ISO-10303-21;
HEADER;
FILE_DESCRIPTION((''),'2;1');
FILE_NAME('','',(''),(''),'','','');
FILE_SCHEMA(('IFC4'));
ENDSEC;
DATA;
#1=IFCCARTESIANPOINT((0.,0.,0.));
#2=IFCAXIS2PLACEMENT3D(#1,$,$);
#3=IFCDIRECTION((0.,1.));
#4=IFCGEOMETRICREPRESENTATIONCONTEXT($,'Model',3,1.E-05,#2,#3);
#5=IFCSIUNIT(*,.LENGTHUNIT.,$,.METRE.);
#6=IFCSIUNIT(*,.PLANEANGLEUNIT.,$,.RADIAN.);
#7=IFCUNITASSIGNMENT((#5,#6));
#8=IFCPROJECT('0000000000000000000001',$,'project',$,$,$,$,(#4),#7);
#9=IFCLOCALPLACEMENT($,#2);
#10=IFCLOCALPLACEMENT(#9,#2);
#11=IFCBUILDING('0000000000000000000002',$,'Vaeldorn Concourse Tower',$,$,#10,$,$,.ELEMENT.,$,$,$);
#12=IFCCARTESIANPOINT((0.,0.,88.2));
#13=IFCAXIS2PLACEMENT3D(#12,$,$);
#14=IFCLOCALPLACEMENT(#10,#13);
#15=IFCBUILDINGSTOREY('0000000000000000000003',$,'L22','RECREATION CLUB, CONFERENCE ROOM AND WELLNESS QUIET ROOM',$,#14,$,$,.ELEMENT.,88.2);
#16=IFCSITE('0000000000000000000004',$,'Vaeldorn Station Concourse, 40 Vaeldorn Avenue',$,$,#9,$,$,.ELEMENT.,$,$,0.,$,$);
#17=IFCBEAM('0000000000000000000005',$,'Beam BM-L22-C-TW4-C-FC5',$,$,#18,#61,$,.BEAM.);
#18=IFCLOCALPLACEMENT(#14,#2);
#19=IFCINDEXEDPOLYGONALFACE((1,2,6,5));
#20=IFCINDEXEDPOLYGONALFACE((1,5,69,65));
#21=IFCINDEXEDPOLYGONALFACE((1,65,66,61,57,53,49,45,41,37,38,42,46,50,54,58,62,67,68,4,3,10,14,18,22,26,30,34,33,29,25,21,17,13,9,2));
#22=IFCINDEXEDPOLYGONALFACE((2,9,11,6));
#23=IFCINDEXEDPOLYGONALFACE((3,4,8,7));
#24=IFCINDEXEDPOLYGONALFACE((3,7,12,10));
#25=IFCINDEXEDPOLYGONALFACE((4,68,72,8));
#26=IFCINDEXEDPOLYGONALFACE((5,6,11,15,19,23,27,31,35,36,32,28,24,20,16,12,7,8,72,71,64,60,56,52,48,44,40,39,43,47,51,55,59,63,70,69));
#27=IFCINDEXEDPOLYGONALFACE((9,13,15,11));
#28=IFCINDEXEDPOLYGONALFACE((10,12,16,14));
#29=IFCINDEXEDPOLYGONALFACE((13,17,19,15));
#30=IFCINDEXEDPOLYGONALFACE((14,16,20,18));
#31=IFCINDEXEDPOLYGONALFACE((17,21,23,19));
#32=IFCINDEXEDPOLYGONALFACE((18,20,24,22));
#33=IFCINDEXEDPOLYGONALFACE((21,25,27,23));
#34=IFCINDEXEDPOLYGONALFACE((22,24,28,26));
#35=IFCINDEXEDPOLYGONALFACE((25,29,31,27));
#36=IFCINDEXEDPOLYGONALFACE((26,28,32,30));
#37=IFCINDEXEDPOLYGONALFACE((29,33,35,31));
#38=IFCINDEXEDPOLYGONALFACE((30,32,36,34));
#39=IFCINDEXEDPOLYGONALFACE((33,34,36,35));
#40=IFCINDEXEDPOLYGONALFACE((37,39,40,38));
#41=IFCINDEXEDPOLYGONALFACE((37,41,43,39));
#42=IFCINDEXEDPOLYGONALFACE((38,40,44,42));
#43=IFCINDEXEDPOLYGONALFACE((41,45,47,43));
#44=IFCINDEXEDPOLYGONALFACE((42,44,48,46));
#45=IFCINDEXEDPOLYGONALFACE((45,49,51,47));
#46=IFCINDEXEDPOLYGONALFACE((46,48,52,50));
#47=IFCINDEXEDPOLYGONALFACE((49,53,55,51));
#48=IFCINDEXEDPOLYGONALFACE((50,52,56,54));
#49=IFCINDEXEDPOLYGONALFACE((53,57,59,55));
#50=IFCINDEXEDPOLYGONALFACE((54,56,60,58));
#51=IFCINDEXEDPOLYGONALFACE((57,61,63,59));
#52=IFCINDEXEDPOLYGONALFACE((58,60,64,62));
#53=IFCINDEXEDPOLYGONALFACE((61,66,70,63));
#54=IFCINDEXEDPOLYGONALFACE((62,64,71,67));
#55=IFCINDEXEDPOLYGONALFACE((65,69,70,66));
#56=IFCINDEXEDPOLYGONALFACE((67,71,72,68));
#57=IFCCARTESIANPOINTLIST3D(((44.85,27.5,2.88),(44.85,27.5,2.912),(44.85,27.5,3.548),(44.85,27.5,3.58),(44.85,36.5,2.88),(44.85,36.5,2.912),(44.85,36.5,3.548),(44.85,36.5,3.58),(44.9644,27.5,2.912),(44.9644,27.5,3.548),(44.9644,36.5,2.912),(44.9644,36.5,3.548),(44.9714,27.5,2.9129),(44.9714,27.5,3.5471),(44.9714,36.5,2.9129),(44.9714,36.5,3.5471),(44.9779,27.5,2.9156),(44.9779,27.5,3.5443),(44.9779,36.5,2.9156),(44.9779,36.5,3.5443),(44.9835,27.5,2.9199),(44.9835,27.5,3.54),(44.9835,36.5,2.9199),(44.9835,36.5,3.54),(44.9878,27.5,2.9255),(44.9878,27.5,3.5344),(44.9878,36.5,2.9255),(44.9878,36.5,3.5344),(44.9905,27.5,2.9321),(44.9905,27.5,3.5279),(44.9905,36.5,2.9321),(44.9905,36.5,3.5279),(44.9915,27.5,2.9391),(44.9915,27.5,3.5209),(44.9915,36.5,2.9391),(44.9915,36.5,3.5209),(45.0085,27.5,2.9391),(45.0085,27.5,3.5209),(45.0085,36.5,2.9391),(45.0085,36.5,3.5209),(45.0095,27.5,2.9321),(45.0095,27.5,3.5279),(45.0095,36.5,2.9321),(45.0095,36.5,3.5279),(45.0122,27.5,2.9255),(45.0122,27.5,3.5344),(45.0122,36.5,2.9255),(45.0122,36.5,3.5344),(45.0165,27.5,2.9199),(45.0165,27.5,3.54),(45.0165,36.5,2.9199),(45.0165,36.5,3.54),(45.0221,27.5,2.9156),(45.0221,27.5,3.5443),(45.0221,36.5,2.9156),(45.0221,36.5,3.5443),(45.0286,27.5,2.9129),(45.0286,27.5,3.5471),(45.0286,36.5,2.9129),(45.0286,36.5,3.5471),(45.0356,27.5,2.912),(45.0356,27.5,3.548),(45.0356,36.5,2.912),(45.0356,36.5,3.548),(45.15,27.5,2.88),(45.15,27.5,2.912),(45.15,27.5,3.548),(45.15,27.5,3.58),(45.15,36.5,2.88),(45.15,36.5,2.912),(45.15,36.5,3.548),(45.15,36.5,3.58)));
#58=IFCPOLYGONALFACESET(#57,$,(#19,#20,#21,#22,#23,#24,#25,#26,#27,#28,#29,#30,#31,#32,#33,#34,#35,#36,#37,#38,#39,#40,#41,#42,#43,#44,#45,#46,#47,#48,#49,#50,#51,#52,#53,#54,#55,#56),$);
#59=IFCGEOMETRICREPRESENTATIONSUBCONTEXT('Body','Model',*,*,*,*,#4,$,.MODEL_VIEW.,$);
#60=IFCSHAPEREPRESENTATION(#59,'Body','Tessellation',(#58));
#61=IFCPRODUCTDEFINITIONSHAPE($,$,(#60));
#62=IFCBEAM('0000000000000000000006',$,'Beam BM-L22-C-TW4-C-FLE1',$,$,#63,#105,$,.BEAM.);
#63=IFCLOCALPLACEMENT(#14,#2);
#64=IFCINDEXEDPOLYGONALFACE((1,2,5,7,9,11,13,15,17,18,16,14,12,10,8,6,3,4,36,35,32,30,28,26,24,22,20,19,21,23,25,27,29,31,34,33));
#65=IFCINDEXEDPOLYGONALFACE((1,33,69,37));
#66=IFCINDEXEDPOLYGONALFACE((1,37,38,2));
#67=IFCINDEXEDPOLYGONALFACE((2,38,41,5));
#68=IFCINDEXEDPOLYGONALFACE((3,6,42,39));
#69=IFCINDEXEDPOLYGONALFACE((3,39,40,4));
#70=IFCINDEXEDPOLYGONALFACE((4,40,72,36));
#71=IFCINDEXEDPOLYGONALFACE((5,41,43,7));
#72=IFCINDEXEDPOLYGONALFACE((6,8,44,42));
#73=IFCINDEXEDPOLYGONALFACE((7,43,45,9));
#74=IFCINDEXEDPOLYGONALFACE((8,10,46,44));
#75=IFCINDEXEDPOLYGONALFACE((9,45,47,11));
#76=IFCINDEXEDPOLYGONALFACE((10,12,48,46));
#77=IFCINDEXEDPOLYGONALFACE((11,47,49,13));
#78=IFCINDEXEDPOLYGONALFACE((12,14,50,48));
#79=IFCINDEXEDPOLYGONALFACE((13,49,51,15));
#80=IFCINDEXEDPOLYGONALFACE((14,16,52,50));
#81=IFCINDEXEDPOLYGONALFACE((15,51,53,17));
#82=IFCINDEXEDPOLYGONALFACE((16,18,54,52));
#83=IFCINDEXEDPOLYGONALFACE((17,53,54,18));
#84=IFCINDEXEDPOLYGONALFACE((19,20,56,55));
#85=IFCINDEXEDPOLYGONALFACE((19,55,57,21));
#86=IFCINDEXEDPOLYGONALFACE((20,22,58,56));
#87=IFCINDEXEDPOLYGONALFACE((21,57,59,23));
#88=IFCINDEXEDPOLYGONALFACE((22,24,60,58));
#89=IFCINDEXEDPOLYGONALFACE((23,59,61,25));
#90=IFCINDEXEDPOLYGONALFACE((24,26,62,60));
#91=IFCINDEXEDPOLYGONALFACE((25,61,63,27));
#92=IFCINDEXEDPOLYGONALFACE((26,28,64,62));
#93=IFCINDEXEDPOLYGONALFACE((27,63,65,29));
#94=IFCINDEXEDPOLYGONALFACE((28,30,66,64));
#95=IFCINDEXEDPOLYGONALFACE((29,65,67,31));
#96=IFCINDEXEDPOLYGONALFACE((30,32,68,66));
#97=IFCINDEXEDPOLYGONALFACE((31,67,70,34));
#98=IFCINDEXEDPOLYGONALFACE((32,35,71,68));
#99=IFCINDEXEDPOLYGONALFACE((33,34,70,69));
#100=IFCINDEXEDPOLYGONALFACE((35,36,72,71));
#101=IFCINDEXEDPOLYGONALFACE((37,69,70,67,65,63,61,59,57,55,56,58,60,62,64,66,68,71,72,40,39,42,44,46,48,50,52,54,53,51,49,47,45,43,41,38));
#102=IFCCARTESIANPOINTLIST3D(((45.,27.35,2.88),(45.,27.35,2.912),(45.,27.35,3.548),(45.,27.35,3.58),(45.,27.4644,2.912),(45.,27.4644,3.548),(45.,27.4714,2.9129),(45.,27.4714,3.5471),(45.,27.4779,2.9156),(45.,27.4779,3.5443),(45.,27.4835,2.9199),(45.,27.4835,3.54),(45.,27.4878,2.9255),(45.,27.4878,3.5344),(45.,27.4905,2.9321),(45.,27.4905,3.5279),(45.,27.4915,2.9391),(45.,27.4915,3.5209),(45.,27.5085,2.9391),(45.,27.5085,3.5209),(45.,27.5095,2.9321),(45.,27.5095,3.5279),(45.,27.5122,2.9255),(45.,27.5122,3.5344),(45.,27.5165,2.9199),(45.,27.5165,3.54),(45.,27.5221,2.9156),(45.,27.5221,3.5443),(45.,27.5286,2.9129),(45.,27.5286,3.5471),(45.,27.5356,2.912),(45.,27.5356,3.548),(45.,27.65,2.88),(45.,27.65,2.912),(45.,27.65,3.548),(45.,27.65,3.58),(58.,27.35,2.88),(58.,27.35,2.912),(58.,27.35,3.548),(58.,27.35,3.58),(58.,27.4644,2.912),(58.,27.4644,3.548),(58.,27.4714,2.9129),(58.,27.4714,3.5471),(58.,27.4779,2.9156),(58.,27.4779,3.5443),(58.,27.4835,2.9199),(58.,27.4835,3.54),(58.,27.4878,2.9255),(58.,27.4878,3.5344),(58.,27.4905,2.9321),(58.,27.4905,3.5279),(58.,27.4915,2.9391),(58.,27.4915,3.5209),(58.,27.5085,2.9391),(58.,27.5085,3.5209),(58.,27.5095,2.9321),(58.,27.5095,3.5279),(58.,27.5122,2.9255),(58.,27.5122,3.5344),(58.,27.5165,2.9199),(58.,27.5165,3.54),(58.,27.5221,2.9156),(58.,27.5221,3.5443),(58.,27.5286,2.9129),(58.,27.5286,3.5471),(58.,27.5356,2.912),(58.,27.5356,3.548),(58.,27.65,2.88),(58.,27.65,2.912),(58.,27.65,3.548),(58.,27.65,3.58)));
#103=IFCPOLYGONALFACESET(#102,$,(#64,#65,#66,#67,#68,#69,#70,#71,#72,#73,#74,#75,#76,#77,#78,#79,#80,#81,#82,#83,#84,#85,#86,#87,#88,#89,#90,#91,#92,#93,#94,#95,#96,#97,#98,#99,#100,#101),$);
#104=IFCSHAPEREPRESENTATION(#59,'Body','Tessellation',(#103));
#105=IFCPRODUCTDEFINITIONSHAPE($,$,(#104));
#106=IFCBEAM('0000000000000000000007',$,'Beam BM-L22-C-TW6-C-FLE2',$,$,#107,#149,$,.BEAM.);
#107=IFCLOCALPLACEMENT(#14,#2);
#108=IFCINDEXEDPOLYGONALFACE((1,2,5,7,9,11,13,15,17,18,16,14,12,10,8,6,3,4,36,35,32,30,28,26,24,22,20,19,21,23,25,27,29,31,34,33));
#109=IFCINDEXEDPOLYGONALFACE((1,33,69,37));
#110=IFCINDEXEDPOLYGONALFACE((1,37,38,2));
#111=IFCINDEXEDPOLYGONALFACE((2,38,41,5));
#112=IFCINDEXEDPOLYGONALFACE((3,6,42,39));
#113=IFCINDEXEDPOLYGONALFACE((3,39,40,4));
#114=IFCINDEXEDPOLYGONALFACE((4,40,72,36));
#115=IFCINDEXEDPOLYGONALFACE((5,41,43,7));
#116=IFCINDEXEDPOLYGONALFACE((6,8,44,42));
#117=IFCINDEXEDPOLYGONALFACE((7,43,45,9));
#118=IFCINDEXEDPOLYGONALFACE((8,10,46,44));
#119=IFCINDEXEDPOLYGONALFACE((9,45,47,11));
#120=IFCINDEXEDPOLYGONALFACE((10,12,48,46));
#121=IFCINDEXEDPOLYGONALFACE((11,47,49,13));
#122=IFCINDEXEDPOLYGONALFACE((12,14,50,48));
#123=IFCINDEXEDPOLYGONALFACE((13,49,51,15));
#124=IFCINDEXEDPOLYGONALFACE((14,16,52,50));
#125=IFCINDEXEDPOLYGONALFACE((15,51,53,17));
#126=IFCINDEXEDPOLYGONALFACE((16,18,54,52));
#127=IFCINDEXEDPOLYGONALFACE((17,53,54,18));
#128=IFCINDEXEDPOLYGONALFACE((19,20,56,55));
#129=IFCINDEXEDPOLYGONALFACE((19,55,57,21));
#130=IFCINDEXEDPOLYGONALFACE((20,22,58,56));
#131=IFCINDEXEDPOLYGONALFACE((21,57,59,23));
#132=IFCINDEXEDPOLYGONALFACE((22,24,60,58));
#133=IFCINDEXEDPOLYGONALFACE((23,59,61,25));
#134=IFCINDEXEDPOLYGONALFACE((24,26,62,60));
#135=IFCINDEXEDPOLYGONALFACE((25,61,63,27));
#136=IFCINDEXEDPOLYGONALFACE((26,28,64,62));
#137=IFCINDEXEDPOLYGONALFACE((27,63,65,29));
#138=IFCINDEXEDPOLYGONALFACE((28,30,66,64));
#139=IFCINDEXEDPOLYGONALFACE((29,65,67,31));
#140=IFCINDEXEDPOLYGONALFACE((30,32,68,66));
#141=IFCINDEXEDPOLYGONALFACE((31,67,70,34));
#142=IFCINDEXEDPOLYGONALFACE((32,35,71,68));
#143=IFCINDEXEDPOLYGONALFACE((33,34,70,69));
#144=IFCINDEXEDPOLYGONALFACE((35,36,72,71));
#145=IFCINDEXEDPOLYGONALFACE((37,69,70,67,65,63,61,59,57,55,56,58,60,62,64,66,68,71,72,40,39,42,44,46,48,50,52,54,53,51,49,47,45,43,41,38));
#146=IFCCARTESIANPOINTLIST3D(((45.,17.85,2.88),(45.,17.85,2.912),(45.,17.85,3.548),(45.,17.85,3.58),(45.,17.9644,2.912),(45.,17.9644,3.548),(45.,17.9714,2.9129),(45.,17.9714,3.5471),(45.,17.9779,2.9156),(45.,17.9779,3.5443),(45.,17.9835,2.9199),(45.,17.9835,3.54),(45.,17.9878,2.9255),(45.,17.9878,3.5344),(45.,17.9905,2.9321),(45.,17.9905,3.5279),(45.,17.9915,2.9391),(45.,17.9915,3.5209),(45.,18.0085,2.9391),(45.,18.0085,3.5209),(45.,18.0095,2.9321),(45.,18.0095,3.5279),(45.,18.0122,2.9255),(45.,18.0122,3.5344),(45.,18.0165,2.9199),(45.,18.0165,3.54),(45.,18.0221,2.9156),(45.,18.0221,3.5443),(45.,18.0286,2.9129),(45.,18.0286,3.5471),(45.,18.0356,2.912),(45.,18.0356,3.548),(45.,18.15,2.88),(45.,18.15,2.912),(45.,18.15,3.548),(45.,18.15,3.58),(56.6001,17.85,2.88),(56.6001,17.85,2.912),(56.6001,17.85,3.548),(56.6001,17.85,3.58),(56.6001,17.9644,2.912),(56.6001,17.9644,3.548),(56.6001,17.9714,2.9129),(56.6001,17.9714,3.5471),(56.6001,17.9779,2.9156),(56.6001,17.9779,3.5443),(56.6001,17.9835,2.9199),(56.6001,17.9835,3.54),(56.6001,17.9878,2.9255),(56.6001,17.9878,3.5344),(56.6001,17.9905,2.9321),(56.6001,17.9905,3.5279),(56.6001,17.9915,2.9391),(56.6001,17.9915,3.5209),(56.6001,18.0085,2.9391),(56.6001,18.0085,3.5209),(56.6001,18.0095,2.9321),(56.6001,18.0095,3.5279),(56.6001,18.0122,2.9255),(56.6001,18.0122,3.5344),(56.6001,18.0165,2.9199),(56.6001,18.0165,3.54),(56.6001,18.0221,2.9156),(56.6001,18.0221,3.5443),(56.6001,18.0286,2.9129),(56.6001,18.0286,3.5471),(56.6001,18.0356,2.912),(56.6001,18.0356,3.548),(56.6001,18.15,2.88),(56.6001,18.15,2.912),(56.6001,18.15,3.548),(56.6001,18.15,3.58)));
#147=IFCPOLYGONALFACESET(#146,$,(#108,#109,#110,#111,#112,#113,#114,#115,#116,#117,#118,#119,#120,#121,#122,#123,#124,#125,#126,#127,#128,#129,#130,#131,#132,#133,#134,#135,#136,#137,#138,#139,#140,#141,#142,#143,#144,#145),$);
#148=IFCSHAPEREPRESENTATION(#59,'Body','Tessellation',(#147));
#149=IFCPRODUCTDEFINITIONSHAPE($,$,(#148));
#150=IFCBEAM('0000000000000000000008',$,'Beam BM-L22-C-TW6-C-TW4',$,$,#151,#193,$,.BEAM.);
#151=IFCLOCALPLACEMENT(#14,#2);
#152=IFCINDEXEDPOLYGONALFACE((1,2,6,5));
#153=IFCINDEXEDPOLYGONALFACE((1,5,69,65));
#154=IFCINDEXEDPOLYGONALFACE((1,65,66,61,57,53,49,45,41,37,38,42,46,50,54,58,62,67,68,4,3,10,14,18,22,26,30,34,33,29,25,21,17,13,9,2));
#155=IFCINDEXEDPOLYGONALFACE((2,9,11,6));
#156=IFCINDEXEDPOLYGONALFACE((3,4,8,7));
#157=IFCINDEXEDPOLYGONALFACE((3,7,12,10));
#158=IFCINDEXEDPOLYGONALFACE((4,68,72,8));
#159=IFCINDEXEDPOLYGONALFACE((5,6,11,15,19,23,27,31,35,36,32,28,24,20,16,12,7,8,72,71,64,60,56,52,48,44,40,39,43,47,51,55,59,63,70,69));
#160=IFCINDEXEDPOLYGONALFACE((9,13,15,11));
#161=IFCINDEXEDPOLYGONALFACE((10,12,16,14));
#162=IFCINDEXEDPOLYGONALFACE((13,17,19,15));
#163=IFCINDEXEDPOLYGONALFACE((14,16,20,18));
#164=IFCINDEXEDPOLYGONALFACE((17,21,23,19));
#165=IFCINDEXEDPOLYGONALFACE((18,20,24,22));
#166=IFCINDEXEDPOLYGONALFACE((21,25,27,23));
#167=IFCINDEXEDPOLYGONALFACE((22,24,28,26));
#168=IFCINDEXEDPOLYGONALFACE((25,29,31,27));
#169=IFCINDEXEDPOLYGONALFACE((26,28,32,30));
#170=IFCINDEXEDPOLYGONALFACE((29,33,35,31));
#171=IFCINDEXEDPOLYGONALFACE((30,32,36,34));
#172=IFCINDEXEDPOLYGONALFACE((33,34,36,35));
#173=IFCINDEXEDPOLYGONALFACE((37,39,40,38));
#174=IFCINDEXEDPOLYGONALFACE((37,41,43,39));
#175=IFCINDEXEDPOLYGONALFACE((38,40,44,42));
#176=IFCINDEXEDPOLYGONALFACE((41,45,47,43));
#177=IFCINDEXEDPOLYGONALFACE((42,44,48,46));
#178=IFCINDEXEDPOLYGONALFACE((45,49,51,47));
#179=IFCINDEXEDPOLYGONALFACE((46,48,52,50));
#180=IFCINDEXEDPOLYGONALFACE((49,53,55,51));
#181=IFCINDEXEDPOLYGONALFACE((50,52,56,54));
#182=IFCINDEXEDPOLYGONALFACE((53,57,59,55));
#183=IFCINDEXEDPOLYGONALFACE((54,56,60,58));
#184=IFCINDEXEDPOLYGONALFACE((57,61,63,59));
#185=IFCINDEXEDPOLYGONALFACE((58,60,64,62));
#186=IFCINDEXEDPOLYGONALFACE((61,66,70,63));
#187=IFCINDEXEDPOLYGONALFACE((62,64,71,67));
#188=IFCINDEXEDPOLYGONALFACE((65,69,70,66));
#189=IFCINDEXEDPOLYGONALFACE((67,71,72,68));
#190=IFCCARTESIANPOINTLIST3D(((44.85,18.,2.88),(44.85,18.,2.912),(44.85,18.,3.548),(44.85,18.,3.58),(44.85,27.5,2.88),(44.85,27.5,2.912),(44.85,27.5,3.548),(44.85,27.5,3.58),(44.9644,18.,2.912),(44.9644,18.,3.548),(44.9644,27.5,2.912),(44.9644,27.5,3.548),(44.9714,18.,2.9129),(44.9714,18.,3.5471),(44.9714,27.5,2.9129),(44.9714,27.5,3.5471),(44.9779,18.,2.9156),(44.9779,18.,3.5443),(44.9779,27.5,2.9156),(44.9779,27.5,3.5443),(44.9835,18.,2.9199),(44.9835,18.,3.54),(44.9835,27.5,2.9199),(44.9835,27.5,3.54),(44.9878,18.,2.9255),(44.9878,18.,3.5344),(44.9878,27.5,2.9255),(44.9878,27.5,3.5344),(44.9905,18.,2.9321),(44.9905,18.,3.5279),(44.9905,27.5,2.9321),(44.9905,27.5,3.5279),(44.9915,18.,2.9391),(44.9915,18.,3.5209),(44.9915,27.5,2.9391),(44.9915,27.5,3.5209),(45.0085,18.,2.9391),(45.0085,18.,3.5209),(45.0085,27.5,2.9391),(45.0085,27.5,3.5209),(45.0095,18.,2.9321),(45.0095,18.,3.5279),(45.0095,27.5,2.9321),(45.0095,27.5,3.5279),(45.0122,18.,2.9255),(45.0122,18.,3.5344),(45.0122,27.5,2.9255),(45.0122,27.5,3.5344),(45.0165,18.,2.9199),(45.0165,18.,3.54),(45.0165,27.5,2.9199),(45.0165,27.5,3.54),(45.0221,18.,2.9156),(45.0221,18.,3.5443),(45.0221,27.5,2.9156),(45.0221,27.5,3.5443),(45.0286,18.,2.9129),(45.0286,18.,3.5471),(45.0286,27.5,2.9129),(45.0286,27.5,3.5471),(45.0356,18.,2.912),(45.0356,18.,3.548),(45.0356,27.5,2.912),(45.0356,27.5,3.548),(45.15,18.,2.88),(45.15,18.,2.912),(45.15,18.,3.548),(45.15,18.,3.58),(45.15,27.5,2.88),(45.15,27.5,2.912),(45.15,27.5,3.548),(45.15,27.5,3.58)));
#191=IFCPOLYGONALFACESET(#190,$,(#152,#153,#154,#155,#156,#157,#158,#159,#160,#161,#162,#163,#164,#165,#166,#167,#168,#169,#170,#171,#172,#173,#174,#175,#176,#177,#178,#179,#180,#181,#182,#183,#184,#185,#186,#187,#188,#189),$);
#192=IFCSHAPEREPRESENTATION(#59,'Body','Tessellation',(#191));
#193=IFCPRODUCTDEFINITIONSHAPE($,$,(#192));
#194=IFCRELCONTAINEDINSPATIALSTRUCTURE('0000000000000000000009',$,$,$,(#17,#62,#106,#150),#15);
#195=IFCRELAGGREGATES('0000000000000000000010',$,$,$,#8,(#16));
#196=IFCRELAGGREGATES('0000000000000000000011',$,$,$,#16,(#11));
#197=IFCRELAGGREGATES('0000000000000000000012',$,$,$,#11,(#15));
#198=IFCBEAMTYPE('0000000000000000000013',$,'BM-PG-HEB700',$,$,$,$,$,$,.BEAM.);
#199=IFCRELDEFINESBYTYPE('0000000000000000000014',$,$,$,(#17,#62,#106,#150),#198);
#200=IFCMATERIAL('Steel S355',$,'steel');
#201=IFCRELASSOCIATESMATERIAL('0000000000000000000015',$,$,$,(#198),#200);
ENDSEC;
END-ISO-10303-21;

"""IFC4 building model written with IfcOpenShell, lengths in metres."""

from ifc_helpers import new_model, si_unit, direction, frame, origin, origin_2d, place, context, subcontext, project, spatial, i_section, extrude, source, transform, mapped, material, material_profile, profile_set, type_object, element, save


model = new_model("IFC4")

# Units and contexts
model_context = context("Model", 3, precision=1e-05, world=origin(), true_north=direction((0.0, 1.0)))
body_context = subcontext(model_context, "Body", "Model", "MODEL_VIEW")
ifc_project = project(units=[si_unit("LENGTHUNIT", "METRE"), si_unit("PLANEANGLEUNIT", "RADIAN")], contexts=[model_context])

# Site, building, storey
site_placement = place(None, origin())
site = spatial("IfcSite", under=ifc_project, at=site_placement, Name="Vaeldorn Station Concourse, 40 Vaeldorn Avenue", CompositionType="ELEMENT", RefElevation=0.0)
building_placement = place(site_placement, origin())
building = spatial("IfcBuilding", under=site, at=building_placement, Name="Vaeldorn Concourse Tower", CompositionType="ELEMENT")
storey_placement = place(building_placement, frame((0.0, 0.0, 88.2)))
storey = spatial("IfcBuildingStorey", under=building, at=storey_placement, Name="L22", Description="RECREATION CLUB, CONFERENCE ROOM AND WELLNESS QUIET ROOM", CompositionType="ELEMENT", Elevation=88.2)

# Beams
ifc_material_1 = material(Name="Steel S355", Category="steel")
ifc_material_profile_1 = material_profile(ifc_material_1, i_section(OverallWidth=0.3, OverallDepth=0.7, WebThickness=0.0171, FlangeThickness=0.032, FilletRadius=0.0271, at=origin_2d()), Name="HEB 700")
ifc_profile_set_1 = profile_set([ifc_material_profile_1], Name="Steel S355")
beam_type_1 = type_object("IfcBeamType", Name="BM-PG-HEB700", PredefinedType="BEAM", material=ifc_profile_set_1)
shared_shape_1 = source(origin(), body_context, "Body", "SweptSolid", [
    extrude(i_section(OverallWidth=0.3, OverallDepth=0.7, WebThickness=0.0171, FlangeThickness=0.032, FilletRadius=0.0271, at=origin_2d()), origin(), (0.0, 0.0, 1.0), 9.0),
])
for number, where, z_axis, x_axis, name in (
    (1, (45.0, 27.5, 3.23), (0.0, 1.0, 0.0), (-1.0, 0.0, 0.0), "Beam BM-L22-C-TW4-C-FC5"),
):
    element("IfcBeam", number, at=place(storey_placement, frame(where, z_axis=z_axis, x_axis=x_axis)), inside=storey, type_object=beam_type_1, Name=name, PredefinedType="BEAM", context=body_context, shape_type="MappedRepresentation", body=[
        mapped(shared_shape_1, transform((0.0, 0.0, 0.0), scale=1.0)),
    ])
shared_shape_2 = source(origin(), body_context, "Body", "SweptSolid", [
    extrude(i_section(OverallWidth=0.3, OverallDepth=0.7, WebThickness=0.0171, FlangeThickness=0.032, FilletRadius=0.0271, at=origin_2d()), origin(), (0.0, 0.0, 1.0), 13.0),
])
beam_1_placement = place(storey_placement, frame((45.0, 27.5, 3.23), z_axis=(1.0, 0.0, 0.0), x_axis=(0.0, 1.0, 0.0)))
element("IfcBeam", 2, at=beam_1_placement, inside=storey, type_object=beam_type_1, Name="Beam BM-L22-C-TW4-C-FLE1", PredefinedType="BEAM", context=body_context, shape_type="MappedRepresentation", body=[
    mapped(shared_shape_2, transform((0.0, 0.0, 0.0), scale=1.0)),
])
shared_shape_3 = source(origin(), body_context, "Body", "SweptSolid", [
    extrude(i_section(OverallWidth=0.3, OverallDepth=0.7, WebThickness=0.0171, FlangeThickness=0.032, FilletRadius=0.0271, at=origin_2d()), origin(), (0.0, 0.0, 1.0), 11.6001),
])
beam_2_placement = place(storey_placement, frame((45.0, 18.0, 3.23), z_axis=(1.0, 0.0, 0.0), x_axis=(0.0, 1.0, 0.0)))
element("IfcBeam", 3, at=beam_2_placement, inside=storey, type_object=beam_type_1, Name="Beam BM-L22-C-TW6-C-FLE2", PredefinedType="BEAM", context=body_context, shape_type="MappedRepresentation", body=[
    mapped(shared_shape_3, transform((0.0, 0.0, 0.0), scale=1.0)),
])
shared_shape_4 = source(origin(), body_context, "Body", "SweptSolid", [
    extrude(i_section(OverallWidth=0.3, OverallDepth=0.7, WebThickness=0.0171, FlangeThickness=0.032, FilletRadius=0.0271, at=origin_2d()), origin(), (0.0, 0.0, 1.0), 9.5),
])
beam_3_placement = place(storey_placement, frame((45.0, 18.0, 3.23), z_axis=(0.0, 1.0, 0.0), x_axis=(-1.0, 0.0, 0.0)))
element("IfcBeam", 4, at=beam_3_placement, inside=storey, type_object=beam_type_1, Name="Beam BM-L22-C-TW6-C-TW4", PredefinedType="BEAM", context=body_context, shape_type="MappedRepresentation", body=[
    mapped(shared_shape_4, transform((0.0, 0.0, 0.0), scale=1.0)),
])

save(model, "model.ifc")
